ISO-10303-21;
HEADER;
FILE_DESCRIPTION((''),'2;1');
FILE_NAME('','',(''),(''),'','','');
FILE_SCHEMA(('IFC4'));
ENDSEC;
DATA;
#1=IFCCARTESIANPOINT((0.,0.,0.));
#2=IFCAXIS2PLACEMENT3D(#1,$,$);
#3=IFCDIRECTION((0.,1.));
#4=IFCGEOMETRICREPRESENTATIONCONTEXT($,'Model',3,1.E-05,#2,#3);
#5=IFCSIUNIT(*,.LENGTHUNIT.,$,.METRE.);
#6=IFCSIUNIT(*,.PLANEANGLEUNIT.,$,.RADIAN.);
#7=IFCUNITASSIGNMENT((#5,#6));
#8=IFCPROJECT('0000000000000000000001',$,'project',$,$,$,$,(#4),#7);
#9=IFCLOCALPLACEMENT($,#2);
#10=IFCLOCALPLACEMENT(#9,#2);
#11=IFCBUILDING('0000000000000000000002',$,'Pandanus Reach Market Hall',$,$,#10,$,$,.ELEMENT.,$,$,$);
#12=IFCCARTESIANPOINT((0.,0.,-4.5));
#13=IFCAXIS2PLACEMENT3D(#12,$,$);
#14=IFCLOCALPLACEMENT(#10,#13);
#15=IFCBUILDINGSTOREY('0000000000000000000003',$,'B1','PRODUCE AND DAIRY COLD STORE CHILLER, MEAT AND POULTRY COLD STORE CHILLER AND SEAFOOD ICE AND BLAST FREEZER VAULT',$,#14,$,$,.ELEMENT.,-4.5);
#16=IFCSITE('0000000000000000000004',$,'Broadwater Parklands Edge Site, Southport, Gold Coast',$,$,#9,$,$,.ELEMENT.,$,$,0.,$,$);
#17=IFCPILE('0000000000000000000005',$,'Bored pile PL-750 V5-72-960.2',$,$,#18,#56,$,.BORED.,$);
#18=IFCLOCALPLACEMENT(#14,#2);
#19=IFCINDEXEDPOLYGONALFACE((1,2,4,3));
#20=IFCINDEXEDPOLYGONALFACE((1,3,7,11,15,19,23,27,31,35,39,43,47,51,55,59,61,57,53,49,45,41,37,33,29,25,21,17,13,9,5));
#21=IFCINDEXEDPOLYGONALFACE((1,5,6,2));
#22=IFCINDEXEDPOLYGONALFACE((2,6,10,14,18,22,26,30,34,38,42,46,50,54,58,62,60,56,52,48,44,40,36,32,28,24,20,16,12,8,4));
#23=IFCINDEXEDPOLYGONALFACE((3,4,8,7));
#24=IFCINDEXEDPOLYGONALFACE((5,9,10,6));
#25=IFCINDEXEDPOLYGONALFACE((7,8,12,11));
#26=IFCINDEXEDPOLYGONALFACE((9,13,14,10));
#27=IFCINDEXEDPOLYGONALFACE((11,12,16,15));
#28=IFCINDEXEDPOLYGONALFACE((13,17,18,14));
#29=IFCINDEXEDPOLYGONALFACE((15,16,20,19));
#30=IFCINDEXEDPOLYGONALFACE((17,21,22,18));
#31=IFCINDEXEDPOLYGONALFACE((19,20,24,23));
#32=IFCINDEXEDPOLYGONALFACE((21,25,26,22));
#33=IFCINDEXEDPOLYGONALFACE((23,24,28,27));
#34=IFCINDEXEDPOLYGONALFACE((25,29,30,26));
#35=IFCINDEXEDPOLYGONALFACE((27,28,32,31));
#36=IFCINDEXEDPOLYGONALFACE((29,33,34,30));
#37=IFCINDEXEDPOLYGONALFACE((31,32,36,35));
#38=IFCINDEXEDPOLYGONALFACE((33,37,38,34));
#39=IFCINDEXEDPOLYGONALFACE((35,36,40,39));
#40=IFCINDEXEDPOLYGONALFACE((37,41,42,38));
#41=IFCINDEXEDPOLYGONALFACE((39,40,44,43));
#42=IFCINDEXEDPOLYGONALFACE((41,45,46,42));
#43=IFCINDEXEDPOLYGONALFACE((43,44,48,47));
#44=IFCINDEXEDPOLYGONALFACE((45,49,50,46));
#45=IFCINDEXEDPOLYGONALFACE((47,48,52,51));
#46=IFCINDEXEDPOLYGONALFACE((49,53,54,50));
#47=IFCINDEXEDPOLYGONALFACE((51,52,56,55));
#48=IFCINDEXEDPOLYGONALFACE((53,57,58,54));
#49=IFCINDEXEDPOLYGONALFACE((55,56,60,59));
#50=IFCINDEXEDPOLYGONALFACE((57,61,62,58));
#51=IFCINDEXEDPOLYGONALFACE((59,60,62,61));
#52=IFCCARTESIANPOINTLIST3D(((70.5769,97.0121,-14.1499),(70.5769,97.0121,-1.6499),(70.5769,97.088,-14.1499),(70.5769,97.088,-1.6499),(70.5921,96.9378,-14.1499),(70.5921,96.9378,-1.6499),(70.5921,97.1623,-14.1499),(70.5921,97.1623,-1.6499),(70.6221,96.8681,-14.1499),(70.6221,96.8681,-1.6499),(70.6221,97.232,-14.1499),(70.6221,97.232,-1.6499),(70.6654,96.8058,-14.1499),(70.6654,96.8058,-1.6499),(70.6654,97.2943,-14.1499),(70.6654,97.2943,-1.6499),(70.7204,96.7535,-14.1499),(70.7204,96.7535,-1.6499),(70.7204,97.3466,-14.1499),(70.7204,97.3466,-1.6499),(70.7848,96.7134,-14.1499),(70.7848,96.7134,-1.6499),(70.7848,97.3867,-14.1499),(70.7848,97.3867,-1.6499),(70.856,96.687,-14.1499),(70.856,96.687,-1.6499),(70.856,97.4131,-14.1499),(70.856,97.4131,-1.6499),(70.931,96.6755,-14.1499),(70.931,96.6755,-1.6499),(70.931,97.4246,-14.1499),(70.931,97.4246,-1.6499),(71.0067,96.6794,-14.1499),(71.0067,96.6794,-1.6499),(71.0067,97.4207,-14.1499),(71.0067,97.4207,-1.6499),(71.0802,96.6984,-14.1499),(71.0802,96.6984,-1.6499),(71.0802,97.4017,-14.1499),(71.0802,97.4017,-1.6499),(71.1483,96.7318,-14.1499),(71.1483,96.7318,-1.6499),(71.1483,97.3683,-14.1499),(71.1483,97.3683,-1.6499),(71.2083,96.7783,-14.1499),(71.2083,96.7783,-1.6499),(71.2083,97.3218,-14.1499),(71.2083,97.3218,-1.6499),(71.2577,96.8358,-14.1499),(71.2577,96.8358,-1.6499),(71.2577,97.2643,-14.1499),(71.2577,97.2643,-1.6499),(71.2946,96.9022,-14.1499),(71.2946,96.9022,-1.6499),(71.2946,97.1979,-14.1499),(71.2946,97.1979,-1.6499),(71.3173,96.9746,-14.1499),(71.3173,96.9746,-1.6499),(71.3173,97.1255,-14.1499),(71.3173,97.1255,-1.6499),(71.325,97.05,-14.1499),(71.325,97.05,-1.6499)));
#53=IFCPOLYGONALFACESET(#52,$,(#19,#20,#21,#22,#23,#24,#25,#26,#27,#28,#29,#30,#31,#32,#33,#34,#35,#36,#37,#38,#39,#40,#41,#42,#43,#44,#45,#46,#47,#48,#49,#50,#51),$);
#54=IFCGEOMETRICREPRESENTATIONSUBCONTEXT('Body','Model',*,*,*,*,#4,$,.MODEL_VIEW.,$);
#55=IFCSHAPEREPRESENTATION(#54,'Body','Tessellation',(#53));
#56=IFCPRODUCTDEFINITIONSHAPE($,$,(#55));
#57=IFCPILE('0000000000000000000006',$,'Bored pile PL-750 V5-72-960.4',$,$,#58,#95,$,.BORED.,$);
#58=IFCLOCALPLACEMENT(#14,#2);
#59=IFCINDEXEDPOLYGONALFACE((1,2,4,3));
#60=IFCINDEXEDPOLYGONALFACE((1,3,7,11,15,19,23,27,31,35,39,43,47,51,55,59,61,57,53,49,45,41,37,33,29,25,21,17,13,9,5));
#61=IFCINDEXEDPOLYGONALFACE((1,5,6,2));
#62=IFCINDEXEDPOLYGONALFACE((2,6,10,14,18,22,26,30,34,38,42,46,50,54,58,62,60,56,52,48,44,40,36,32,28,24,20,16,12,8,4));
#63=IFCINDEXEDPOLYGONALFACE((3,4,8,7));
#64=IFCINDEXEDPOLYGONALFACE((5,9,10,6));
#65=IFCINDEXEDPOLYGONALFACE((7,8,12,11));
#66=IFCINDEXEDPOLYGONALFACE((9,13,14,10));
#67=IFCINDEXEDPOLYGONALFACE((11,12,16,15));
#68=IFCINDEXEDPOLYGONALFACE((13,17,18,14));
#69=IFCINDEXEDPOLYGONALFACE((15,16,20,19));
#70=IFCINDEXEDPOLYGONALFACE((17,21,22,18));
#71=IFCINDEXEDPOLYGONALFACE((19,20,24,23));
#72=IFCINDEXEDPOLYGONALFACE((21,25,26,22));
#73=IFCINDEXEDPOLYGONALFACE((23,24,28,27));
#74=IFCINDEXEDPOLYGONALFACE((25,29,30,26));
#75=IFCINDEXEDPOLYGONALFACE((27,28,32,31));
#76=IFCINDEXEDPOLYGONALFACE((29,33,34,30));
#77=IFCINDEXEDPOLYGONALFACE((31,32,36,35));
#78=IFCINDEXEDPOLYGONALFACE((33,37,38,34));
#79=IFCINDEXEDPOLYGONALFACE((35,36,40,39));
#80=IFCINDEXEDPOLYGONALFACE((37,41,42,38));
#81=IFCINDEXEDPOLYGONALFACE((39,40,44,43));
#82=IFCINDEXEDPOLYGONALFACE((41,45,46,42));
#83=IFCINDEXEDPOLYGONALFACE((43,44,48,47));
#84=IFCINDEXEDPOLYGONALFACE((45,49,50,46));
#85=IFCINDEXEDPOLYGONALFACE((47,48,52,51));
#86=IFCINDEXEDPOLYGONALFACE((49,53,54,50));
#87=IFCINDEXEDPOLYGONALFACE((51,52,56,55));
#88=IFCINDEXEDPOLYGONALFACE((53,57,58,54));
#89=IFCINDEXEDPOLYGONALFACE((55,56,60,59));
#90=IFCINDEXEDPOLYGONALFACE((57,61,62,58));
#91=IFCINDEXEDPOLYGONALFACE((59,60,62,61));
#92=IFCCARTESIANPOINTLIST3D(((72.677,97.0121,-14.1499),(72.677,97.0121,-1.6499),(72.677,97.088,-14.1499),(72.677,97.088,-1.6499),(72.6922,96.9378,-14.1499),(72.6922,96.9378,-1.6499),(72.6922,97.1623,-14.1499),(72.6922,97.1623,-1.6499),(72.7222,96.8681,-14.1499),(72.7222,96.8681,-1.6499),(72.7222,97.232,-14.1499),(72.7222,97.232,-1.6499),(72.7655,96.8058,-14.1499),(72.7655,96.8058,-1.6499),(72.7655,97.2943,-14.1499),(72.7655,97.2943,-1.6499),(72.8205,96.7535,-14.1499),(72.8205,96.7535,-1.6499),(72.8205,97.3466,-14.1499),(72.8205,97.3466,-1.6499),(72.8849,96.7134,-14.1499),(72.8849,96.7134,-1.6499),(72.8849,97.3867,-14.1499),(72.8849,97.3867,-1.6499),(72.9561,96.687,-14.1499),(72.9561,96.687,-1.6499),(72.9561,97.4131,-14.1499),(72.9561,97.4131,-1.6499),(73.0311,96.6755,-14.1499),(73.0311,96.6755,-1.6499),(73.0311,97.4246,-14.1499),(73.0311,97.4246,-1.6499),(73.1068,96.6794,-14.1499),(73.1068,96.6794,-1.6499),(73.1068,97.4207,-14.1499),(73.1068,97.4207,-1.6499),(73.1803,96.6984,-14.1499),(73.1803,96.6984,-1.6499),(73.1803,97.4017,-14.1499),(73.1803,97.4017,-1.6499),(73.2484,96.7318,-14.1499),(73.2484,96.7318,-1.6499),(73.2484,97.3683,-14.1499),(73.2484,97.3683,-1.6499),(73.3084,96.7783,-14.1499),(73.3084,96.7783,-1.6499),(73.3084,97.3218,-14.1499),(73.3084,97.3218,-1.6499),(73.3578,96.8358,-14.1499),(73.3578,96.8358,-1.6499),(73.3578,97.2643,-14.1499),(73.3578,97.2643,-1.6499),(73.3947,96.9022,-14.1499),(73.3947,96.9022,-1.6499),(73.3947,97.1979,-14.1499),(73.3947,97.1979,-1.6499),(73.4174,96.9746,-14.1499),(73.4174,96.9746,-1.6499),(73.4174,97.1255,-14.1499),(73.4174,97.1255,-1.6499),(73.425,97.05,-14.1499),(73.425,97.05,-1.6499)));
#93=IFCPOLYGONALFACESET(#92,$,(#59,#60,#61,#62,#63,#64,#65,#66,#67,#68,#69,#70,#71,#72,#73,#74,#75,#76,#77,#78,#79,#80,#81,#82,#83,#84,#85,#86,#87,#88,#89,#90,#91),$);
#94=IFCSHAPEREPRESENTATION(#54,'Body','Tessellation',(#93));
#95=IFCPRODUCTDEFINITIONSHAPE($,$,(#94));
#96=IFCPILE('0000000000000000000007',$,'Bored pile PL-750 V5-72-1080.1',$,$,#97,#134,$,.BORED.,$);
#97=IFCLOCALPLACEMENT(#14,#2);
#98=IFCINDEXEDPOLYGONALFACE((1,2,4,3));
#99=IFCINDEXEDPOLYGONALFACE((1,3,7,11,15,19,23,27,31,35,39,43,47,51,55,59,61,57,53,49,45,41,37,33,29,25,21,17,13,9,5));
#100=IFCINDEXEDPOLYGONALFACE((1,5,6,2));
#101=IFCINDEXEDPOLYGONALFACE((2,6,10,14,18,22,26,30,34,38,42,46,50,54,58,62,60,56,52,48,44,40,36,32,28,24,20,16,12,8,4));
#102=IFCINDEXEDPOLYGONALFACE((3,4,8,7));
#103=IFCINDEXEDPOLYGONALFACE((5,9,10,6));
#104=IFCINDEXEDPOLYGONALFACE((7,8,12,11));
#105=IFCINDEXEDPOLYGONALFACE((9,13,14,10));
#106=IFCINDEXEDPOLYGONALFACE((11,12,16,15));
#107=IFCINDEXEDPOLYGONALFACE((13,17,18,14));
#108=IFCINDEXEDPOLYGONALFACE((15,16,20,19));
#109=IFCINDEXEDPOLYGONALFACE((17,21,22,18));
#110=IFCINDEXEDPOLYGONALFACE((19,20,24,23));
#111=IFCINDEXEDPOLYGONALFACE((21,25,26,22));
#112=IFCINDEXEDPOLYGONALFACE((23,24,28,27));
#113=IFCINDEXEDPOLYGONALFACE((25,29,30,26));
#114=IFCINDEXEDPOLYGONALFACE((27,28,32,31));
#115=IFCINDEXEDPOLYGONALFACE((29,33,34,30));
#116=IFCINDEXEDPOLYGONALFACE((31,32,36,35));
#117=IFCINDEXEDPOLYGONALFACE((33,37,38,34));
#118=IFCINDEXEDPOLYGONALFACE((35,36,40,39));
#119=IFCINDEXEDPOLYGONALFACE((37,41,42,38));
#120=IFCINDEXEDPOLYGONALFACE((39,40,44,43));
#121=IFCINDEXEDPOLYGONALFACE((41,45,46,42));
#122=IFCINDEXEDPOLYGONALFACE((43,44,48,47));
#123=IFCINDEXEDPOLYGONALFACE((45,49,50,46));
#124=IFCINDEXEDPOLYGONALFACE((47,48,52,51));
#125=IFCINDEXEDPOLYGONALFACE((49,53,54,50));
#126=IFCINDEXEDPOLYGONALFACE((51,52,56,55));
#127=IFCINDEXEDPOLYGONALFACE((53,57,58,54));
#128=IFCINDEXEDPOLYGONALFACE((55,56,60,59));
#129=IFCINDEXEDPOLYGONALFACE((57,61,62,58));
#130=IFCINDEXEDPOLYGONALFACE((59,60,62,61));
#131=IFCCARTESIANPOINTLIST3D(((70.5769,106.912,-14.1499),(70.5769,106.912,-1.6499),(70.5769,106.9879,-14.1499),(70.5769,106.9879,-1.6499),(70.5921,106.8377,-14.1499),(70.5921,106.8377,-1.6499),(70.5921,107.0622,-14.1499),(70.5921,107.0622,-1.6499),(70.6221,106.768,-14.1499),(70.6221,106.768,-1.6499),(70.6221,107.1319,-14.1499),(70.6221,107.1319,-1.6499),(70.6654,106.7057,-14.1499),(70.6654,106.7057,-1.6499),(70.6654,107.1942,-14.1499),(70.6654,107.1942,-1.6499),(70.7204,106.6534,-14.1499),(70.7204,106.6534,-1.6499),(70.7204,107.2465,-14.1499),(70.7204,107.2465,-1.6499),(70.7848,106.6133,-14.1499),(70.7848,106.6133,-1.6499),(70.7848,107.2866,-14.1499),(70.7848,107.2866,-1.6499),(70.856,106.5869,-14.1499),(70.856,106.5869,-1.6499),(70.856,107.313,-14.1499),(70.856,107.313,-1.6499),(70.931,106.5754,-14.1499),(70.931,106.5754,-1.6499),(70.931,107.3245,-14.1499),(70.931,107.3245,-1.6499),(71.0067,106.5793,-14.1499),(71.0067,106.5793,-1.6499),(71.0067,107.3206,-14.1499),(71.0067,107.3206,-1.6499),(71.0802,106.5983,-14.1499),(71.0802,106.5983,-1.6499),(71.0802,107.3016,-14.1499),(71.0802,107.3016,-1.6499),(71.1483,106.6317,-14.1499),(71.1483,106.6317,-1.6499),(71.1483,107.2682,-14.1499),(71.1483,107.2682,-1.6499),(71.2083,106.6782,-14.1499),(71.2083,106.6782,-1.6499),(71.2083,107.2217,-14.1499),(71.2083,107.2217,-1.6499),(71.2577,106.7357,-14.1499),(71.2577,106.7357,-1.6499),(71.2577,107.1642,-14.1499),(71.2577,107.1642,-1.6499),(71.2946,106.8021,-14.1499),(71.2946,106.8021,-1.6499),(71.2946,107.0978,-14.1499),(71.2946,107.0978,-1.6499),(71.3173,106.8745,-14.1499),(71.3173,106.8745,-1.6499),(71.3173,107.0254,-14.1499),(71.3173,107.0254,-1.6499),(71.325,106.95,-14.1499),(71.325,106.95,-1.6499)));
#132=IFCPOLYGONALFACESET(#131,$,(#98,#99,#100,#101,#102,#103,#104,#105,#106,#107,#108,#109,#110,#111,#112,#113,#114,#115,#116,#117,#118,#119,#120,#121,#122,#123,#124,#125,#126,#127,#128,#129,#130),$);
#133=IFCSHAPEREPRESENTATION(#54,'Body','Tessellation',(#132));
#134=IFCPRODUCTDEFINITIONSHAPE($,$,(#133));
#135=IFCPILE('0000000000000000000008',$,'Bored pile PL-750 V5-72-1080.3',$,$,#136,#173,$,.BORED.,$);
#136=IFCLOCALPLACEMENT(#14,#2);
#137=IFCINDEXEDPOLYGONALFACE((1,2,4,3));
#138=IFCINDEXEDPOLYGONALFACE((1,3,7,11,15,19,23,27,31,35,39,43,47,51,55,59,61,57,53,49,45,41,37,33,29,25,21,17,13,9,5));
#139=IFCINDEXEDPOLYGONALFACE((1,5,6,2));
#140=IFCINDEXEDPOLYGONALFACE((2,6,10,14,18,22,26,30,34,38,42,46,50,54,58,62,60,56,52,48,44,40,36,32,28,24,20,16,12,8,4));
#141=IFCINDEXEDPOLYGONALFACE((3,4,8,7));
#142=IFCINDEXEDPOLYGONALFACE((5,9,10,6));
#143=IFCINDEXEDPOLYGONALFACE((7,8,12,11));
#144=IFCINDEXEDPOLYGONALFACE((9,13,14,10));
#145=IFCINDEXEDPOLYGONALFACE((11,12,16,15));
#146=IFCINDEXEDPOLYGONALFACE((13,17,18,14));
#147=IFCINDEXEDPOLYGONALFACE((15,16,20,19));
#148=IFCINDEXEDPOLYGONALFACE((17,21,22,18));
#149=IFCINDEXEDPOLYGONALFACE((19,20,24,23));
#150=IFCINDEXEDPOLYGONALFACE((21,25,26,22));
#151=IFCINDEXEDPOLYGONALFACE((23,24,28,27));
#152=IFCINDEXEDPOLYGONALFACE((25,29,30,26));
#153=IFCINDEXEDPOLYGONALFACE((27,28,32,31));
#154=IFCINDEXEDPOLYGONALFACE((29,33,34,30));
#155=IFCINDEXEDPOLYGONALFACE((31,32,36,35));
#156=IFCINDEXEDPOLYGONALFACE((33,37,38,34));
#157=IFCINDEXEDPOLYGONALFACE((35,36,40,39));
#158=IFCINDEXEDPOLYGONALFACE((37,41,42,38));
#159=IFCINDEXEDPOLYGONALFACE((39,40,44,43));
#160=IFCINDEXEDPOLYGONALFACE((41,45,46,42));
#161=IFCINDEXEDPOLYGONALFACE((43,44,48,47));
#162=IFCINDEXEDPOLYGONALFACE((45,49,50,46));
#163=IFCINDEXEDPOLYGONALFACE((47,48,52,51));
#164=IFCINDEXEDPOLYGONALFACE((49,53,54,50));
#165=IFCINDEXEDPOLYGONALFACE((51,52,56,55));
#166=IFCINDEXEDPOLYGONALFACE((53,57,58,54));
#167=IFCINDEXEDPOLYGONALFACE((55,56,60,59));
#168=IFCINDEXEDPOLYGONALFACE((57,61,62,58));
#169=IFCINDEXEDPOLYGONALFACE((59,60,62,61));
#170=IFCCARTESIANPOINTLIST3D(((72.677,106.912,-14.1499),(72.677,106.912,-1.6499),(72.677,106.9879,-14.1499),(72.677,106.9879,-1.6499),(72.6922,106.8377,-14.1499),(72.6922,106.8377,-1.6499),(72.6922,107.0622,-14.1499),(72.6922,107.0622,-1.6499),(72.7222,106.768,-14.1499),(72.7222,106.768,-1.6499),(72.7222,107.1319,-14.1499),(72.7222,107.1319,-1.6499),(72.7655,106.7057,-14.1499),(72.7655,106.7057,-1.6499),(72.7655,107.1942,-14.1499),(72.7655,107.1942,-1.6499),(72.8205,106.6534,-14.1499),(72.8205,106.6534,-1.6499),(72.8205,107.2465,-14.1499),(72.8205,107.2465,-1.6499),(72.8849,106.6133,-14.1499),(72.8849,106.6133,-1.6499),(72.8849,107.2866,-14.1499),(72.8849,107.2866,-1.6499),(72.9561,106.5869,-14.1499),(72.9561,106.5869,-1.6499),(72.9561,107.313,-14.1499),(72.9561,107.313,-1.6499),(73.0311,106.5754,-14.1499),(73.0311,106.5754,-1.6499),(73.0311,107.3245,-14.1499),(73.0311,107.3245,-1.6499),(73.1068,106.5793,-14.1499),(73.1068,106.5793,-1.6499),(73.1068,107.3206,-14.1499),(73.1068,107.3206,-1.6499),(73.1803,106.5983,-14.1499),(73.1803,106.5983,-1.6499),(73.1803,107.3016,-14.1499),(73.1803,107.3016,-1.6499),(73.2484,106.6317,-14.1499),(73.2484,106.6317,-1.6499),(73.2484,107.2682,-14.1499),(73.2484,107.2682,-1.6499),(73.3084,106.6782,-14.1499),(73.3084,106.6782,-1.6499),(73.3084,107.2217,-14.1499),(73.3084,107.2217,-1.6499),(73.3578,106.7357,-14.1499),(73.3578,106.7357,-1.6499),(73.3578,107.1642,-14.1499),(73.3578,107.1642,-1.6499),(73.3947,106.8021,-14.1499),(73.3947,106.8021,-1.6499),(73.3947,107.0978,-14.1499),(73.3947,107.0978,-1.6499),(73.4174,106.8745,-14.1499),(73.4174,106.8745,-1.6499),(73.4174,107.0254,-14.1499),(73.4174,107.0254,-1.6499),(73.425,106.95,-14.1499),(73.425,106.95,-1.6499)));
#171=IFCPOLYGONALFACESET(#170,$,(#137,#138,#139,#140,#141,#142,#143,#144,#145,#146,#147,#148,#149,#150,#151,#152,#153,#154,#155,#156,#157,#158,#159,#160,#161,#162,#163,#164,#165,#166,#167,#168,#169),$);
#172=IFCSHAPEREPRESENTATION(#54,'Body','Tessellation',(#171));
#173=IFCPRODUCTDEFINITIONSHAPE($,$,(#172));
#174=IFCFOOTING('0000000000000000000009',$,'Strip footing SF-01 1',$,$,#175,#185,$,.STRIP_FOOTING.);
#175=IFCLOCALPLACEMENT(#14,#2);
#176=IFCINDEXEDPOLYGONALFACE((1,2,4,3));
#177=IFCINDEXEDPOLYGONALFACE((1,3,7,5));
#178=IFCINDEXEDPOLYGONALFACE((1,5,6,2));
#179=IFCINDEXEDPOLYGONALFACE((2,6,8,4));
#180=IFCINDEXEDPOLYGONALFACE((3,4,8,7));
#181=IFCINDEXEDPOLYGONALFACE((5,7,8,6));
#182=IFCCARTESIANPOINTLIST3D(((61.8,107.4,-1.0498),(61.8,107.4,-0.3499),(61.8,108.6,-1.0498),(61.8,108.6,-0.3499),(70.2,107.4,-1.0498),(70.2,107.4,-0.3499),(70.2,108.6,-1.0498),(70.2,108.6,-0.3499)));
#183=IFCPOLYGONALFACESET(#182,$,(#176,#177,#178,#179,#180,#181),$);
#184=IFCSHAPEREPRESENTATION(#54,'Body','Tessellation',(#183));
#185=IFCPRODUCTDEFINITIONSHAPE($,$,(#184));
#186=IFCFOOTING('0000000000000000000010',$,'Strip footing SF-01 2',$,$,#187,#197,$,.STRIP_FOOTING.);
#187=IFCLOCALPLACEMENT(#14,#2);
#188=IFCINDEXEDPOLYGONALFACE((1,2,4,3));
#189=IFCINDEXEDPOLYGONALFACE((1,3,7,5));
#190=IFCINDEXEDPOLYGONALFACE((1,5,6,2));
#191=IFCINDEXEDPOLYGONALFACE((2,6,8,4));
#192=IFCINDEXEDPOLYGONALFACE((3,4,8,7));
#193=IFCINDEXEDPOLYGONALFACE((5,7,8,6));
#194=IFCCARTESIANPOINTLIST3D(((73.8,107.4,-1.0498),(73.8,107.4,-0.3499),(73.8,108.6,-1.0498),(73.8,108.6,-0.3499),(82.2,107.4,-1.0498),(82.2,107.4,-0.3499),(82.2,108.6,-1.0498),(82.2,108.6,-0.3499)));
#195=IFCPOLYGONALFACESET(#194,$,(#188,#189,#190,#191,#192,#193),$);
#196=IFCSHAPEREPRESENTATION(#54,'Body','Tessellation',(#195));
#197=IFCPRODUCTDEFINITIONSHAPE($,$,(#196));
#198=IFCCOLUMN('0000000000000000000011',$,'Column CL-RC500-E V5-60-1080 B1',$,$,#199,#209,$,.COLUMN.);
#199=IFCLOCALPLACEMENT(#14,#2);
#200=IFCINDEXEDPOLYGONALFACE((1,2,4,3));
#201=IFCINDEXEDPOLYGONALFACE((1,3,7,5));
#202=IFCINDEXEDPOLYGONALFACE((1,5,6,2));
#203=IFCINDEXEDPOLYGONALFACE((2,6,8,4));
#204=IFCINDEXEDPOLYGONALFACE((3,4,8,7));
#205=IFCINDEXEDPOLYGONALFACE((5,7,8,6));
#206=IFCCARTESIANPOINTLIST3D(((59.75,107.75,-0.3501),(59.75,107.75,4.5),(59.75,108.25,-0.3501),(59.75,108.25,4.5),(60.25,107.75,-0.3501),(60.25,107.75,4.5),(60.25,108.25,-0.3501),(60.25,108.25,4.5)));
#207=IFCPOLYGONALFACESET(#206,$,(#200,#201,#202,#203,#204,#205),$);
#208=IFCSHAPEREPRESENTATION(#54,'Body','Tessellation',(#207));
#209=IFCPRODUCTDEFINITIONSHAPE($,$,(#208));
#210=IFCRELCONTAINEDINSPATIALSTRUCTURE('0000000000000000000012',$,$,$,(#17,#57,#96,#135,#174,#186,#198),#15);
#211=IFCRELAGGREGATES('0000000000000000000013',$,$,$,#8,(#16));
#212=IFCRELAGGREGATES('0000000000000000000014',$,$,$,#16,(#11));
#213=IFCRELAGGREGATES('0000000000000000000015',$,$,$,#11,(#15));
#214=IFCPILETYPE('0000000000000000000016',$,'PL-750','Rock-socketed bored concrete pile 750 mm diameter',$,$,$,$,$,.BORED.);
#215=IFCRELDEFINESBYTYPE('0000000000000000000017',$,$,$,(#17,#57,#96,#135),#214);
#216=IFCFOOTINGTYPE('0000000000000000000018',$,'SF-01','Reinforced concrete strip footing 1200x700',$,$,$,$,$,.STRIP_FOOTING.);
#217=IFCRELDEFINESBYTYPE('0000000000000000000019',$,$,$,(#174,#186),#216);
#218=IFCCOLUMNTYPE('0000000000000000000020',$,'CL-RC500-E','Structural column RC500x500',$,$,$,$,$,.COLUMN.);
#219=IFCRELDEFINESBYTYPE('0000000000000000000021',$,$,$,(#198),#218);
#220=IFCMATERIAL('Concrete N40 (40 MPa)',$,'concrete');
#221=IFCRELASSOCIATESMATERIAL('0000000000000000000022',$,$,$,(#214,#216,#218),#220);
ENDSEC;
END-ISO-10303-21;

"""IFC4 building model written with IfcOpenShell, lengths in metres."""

from ifc_helpers import new_model, si_unit, direction, frame, origin, origin_2d, place, context, subcontext, project, spatial, rectangle, circle, extrude, material, material_profile, profile_set, type_object, element, save


model = new_model("IFC4")

# Units and contexts
model_context = context("Model", 3, precision=1e-05, world=origin(), true_north=direction((0.0, 1.0)))
body_context = subcontext(model_context, "Body", "Model", "MODEL_VIEW")
ifc_project = project(units=[si_unit("LENGTHUNIT", "METRE"), si_unit("PLANEANGLEUNIT", "RADIAN")], contexts=[model_context])

# Site, building, storey
site_placement = place(None, origin())
site = spatial("IfcSite", under=ifc_project, at=site_placement, Name="Broadwater Parklands Edge Site, Southport, Gold Coast", CompositionType="ELEMENT", RefElevation=0.0)
building_placement = place(site_placement, origin())
building = spatial("IfcBuilding", under=site, at=building_placement, Name="Pandanus Reach Market Hall", CompositionType="ELEMENT")
storey_placement = place(building_placement, frame((0.0, 0.0, -4.5)))
storey = spatial("IfcBuildingStorey", under=building, at=storey_placement, Name="B1", Description="PRODUCE AND DAIRY COLD STORE CHILLER, MEAT AND POULTRY COLD STORE CHILLER AND SEAFOOD ICE AND BLAST FREEZER VAULT", CompositionType="ELEMENT", Elevation=-4.5)

# Shared definitions
ifc_material_1 = material(Name="Concrete N40 (40 MPa)", Category="concrete")

# Piles
ifc_material_profile_1 = material_profile(ifc_material_1, circle(Radius=0.375, at=origin_2d()), Name="PILE-750D", Category="LoadBearing")
ifc_profile_set_1 = profile_set([ifc_material_profile_1], Name="Concrete N40 (40 MPa)")
pile_type = type_object("IfcPileType", Name="PL-750", Description="Rock-socketed bored concrete pile 750 mm diameter", PredefinedType="BORED", material=ifc_profile_set_1)
for number, where, z_axis, x_axis, name in (
    (1, (70.95, 97.05, -1.6499), (0.0, 0.0, -1.0), (1.0, 0.0, 0.0), "Bored pile PL-750 V5-72-960.2"),
    (2, (73.05, 97.05, -1.6499), (0.0, 0.0, -1.0), (1.0, 0.0, 0.0), "Bored pile PL-750 V5-72-960.4"),
    (3, (70.95, 106.95, -1.6499), (0.0, 0.0, -1.0), (1.0, 0.0, 0.0), "Bored pile PL-750 V5-72-1080.1"),
    (4, (73.05, 106.95, -1.6499), (0.0, 0.0, -1.0), (1.0, 0.0, 0.0), "Bored pile PL-750 V5-72-1080.3"),
):
    element("IfcPile", number, at=place(storey_placement, frame(where, z_axis=z_axis, x_axis=x_axis)), inside=storey, type_object=pile_type, Name=name, PredefinedType="BORED", context=body_context, shape_type="SweptSolid", body=[
        extrude(circle(Radius=0.375, at=origin_2d()), origin(), (0.0, 0.0, 1.0), 12.5),
    ])

# Footings
footing_type_1 = type_object("IfcFootingType", Name="SF-01", Description="Reinforced concrete strip footing 1200x700", PredefinedType="STRIP_FOOTING", material=ifc_material_1)
for number, where, z_axis, x_axis, name in (
    (5, (66.0, 108.0, -1.0498), (0.0, 0.0, 1.0), (1.0, 0.0, 0.0), "Strip footing SF-01 1"),
    (6, (78.0, 108.0, -1.0498), (0.0, 0.0, 1.0), (1.0, 0.0, 0.0), "Strip footing SF-01 2"),
):
    element("IfcFooting", number, at=place(storey_placement, frame(where, z_axis=z_axis, x_axis=x_axis)), inside=storey, type_object=footing_type_1, Name=name, PredefinedType="STRIP_FOOTING", context=body_context, shape_type="SweptSolid", body=[
        extrude(rectangle(XDim=8.3999, YDim=1.2, at=origin_2d()), origin(), (0.0, 0.0, 1.0), 0.7),
    ])

# Column
ifc_material_profile_2 = material_profile(ifc_material_1, rectangle(XDim=0.5, YDim=0.5, at=origin_2d()), Name="RC500x500", Category="LoadBearing")
ifc_profile_set_2 = profile_set([ifc_material_profile_2], Name="Concrete N40 (40 MPa)")
column_type_1 = type_object("IfcColumnType", Name="CL-RC500-E", Description="Structural column RC500x500", PredefinedType="COLUMN", material=ifc_profile_set_2)
column_1_placement = place(storey_placement, frame((60.0, 108.0, -0.3501), z_axis=(0.0, 0.0, 1.0), x_axis=(1.0, 0.0, 0.0)))
element("IfcColumn", 7, at=column_1_placement, inside=storey, type_object=column_type_1, Name="Column CL-RC500-E V5-60-1080 B1", PredefinedType="COLUMN", context=body_context, shape_type="SweptSolid", body=[
    extrude(rectangle(XDim=0.5, YDim=0.5, at=origin_2d()), origin(), (0.0, 0.0, 1.0), 4.8501),
])

save(model, "model.ifc")
